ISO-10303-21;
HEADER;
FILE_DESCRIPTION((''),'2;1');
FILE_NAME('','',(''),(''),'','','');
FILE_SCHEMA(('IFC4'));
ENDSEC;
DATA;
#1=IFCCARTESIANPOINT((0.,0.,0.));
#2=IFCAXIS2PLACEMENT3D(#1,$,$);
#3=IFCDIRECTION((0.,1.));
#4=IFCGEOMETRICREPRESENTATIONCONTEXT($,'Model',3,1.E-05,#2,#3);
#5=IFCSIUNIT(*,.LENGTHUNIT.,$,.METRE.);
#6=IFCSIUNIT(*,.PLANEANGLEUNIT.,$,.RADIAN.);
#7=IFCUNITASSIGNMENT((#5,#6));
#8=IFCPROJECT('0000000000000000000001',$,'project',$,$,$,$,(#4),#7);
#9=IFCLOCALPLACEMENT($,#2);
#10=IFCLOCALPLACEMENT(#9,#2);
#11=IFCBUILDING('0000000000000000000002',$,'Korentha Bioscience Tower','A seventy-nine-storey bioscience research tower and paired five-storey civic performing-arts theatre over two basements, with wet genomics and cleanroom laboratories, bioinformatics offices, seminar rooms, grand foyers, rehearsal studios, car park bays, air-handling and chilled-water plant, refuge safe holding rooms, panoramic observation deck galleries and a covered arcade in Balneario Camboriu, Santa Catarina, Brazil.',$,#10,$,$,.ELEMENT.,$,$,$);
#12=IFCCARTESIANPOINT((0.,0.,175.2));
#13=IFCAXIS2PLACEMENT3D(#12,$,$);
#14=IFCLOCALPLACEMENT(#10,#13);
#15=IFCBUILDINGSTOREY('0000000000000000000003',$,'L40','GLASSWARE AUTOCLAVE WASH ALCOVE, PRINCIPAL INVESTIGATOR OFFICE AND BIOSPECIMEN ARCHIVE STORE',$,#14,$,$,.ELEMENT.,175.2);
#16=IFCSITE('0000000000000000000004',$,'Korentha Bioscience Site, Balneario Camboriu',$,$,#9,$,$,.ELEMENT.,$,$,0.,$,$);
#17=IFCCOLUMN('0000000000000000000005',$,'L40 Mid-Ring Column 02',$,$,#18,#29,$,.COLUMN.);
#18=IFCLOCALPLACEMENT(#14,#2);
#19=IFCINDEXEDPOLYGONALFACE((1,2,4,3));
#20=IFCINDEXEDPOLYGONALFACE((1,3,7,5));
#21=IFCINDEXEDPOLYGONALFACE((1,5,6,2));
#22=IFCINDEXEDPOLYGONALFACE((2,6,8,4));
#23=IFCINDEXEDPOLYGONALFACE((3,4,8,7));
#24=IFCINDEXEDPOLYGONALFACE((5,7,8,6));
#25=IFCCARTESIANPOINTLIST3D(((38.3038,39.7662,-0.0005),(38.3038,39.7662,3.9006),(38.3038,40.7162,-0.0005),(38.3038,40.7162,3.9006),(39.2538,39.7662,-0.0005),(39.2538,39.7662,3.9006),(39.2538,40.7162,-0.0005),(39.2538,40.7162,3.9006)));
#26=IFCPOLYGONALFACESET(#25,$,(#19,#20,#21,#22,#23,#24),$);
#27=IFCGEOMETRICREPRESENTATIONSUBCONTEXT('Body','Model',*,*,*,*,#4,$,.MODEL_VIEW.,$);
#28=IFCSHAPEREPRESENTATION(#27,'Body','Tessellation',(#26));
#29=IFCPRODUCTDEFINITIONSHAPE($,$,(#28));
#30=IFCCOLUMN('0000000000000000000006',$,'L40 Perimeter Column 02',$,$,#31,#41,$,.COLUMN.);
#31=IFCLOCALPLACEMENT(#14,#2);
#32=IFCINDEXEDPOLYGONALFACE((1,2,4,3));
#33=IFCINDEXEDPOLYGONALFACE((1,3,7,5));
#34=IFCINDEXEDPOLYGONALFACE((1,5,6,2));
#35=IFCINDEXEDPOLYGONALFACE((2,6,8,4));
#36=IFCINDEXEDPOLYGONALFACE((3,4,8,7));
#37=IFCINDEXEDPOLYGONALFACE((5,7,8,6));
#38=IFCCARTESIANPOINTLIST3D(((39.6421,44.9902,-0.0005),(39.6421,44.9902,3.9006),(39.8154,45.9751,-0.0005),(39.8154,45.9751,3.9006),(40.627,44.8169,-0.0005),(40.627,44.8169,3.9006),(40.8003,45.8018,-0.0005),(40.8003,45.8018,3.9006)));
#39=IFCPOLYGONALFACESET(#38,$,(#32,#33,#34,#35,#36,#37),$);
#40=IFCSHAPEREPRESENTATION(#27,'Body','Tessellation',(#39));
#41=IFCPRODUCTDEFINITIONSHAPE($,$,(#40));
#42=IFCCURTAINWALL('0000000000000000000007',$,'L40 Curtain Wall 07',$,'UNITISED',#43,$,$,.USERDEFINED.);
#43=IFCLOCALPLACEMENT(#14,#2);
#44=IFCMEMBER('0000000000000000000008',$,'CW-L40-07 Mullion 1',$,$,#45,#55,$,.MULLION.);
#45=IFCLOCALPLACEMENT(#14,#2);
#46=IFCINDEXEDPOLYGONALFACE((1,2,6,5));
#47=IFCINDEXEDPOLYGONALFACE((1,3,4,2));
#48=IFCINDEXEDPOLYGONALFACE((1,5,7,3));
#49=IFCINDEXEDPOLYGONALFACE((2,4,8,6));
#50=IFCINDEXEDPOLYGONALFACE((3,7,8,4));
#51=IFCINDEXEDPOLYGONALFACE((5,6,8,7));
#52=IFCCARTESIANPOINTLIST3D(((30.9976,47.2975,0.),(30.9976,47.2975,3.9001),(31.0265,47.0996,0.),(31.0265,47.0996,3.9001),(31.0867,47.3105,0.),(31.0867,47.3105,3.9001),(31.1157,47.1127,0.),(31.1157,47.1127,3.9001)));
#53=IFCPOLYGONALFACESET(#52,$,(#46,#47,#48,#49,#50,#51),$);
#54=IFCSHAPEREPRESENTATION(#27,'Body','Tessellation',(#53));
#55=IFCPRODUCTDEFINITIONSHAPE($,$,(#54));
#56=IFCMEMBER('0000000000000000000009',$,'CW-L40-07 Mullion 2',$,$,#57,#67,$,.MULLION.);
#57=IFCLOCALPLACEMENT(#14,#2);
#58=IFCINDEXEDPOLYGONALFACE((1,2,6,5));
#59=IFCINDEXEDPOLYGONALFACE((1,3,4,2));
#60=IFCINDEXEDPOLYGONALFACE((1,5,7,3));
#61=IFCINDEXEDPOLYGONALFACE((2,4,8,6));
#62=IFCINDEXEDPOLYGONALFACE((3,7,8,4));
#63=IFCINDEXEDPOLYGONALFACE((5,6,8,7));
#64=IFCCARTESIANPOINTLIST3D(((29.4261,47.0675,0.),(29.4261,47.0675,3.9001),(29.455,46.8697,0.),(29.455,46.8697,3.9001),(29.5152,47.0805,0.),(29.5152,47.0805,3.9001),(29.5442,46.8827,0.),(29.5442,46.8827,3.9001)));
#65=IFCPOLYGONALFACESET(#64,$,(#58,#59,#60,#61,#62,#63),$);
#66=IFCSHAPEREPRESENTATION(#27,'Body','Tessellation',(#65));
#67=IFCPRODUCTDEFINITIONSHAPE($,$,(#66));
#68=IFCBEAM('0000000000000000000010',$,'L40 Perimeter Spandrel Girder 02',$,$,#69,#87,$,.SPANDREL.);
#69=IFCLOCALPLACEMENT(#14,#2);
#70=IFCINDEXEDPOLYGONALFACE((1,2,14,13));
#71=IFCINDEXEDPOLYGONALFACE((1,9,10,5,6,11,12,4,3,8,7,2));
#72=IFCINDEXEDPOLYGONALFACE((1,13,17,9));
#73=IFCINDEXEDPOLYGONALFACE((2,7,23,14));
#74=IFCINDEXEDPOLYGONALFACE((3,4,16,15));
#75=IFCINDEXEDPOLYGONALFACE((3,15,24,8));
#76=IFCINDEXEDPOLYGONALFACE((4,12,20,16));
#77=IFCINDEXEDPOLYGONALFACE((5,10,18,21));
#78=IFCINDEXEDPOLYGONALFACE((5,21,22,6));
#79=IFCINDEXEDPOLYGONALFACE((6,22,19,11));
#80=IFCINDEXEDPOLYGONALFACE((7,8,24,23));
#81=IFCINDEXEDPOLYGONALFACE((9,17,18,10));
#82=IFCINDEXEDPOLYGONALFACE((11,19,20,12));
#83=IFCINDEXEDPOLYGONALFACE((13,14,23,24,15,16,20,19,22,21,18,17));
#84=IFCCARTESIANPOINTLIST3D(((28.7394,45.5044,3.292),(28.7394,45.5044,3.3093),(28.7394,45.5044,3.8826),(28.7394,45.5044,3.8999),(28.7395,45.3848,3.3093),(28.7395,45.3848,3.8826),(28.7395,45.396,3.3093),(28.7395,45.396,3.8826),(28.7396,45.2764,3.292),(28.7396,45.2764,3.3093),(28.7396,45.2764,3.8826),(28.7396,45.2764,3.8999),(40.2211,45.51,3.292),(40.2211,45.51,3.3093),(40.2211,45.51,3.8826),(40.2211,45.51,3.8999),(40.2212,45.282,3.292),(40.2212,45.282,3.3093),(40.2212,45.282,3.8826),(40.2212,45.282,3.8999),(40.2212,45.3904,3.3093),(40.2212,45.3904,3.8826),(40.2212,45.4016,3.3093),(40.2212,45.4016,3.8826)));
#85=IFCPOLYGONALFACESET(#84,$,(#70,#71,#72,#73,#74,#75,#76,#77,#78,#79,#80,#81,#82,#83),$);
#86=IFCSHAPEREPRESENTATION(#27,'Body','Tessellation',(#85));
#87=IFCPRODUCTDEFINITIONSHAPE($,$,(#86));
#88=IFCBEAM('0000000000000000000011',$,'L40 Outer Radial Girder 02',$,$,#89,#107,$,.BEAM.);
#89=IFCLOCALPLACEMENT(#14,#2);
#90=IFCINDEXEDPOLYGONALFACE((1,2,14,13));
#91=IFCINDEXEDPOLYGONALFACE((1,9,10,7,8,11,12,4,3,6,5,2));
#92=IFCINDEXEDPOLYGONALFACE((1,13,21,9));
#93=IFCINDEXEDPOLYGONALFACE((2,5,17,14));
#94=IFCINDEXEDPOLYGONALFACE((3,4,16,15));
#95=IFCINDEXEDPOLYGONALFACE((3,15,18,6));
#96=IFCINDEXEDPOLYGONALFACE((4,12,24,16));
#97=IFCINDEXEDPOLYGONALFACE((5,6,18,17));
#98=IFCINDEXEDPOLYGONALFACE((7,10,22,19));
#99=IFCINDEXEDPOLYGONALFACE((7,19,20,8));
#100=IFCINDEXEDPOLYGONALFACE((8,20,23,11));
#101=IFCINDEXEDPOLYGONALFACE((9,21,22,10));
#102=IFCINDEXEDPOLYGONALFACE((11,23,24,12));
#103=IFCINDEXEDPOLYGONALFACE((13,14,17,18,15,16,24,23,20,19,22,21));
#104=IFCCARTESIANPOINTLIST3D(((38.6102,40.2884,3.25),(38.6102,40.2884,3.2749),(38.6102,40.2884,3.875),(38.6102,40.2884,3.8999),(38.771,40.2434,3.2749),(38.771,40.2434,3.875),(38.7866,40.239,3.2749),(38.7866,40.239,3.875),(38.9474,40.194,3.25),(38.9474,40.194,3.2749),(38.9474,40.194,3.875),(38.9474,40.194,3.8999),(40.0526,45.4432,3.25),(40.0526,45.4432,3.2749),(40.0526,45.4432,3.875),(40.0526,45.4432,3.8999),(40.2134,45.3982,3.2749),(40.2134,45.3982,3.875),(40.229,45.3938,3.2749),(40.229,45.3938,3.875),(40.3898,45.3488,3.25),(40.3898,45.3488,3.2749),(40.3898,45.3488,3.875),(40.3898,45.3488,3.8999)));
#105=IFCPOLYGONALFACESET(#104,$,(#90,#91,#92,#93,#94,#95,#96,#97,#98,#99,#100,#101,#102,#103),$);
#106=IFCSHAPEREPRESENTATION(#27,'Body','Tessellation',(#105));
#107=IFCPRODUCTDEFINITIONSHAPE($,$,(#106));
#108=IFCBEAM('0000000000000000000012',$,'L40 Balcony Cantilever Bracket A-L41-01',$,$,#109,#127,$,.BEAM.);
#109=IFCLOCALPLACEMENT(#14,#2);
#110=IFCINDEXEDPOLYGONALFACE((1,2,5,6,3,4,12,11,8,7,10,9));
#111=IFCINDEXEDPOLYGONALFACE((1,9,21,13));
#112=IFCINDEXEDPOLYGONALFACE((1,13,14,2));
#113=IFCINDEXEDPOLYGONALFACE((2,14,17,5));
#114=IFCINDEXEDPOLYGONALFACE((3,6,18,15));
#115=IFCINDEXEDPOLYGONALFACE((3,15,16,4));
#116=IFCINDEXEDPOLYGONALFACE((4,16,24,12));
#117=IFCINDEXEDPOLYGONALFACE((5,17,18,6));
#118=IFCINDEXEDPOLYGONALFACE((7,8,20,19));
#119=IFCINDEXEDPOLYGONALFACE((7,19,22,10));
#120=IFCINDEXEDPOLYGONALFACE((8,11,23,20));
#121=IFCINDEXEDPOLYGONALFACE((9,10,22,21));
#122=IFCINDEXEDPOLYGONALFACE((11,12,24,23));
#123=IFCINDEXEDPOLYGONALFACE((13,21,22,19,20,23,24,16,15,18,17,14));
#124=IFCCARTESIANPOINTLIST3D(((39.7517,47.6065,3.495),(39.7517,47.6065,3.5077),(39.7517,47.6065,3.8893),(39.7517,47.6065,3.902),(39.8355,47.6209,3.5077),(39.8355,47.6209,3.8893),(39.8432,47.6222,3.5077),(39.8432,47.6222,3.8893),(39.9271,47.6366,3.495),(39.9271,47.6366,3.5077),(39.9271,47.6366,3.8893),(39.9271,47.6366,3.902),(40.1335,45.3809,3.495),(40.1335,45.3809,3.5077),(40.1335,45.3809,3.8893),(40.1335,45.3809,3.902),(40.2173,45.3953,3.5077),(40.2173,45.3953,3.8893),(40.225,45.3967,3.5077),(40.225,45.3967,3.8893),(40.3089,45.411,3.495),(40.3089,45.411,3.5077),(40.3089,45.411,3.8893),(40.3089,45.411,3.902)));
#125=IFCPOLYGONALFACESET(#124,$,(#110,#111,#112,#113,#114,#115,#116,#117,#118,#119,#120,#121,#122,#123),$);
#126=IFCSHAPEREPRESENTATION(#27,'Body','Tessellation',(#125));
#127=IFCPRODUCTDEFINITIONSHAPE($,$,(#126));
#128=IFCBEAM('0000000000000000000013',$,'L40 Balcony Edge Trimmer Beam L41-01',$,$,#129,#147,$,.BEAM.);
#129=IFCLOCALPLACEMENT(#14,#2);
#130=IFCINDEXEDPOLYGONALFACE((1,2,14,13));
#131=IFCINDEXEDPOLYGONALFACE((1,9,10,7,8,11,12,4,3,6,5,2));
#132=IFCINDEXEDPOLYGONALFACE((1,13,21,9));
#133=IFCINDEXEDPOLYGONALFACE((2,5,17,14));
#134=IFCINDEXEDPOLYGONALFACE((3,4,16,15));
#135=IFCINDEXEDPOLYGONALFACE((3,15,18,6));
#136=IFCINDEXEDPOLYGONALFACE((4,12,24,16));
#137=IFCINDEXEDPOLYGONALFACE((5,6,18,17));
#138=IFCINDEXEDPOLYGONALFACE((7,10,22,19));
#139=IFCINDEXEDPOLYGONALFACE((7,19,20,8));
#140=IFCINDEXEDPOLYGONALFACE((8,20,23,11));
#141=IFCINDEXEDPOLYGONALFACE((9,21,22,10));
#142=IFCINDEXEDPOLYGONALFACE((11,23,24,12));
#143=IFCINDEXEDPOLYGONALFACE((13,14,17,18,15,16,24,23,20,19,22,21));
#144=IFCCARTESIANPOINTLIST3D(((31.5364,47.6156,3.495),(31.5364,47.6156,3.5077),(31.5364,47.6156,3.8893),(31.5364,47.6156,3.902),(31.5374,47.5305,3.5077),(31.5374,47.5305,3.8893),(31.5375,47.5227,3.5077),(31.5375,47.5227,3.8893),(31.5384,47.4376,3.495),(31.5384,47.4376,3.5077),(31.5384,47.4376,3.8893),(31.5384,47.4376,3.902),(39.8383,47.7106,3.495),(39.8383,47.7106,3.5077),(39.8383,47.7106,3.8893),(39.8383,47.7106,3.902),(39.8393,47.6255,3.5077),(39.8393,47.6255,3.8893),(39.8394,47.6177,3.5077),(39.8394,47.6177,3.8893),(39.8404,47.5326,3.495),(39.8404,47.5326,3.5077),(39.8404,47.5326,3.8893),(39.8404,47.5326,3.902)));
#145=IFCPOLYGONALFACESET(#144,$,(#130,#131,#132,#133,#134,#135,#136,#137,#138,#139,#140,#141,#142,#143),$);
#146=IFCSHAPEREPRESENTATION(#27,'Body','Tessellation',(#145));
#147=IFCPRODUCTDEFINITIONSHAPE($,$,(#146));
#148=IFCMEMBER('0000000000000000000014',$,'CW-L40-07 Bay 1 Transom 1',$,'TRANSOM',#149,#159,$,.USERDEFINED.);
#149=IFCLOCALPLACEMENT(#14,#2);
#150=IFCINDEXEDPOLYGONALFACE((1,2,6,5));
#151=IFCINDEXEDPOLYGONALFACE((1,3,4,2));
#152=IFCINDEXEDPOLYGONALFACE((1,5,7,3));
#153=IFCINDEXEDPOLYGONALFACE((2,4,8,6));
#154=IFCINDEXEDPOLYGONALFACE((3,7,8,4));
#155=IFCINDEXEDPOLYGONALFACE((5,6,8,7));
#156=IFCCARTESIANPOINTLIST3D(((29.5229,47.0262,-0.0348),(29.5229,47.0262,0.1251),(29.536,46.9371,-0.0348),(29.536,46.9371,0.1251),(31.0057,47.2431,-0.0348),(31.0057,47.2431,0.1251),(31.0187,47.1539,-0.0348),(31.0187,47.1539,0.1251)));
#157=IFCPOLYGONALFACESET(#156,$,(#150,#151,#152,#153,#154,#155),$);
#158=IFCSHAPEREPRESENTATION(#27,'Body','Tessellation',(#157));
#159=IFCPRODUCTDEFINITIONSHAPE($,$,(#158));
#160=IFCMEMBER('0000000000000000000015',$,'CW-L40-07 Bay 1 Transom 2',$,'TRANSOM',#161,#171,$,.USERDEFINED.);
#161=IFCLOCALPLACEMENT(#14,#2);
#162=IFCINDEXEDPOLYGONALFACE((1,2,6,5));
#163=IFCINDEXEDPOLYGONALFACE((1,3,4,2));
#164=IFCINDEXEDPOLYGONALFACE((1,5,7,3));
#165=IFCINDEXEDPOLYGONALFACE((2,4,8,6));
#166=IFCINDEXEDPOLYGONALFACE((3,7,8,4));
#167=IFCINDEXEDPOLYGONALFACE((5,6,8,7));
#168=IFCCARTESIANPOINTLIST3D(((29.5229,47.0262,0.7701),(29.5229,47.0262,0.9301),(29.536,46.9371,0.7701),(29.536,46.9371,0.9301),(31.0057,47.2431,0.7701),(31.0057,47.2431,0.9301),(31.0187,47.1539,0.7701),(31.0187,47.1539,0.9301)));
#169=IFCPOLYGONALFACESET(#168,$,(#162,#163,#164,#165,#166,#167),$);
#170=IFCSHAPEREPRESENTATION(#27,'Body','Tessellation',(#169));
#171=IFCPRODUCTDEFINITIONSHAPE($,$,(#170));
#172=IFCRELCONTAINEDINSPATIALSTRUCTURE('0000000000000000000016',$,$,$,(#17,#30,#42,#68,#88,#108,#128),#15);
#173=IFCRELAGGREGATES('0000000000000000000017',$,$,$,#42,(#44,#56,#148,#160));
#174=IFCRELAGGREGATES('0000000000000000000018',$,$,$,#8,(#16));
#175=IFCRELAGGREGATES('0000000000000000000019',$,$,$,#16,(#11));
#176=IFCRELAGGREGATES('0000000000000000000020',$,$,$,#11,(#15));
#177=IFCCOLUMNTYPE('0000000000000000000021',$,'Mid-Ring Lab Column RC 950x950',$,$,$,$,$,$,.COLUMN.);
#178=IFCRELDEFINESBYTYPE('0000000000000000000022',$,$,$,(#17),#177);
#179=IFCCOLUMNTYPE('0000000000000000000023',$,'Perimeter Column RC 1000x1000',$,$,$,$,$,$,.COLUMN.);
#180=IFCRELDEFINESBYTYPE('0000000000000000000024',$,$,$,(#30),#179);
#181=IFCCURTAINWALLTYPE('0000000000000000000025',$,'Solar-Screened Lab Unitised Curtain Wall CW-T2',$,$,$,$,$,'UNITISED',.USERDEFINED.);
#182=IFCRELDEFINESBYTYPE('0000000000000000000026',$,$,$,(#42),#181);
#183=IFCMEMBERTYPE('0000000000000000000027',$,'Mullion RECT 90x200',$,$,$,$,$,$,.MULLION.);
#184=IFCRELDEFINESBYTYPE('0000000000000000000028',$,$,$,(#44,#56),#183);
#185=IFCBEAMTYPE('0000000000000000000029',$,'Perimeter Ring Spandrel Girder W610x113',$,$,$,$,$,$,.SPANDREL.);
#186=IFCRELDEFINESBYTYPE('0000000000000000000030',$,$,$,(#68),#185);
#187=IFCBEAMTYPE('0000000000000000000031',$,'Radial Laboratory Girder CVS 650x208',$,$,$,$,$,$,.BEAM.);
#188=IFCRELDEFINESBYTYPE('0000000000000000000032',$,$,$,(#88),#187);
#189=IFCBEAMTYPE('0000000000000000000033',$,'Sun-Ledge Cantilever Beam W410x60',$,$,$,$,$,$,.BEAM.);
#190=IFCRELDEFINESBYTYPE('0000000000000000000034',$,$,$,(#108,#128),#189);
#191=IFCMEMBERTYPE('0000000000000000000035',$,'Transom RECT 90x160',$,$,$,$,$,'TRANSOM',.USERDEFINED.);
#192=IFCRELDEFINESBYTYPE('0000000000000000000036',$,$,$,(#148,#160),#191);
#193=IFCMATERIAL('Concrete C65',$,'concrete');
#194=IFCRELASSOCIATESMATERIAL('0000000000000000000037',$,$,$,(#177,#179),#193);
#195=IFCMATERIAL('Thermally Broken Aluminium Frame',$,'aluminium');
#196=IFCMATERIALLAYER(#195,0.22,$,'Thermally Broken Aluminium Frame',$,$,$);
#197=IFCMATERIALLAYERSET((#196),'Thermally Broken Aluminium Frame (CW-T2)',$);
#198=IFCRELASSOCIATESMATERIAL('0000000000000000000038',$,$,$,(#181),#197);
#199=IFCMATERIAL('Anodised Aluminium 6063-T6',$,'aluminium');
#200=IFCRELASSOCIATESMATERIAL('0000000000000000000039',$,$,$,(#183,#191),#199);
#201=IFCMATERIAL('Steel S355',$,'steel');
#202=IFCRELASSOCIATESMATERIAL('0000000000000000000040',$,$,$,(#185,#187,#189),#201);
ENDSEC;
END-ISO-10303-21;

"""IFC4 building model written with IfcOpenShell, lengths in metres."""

from ifc_helpers import new_model, si_unit, direction, frame, origin, origin_2d, place, context, subcontext, project, spatial, rectangle, i_section, extrude, material, layer, layer_set, material_profile, profile_set, type_object, element, aggregate, save


model = new_model("IFC4")

# Units and contexts
model_context = context("Model", 3, precision=1e-05, world=origin(), true_north=direction((0.0, 1.0)))
body_context = subcontext(model_context, "Body", "Model", "MODEL_VIEW")
ifc_project = project(units=[si_unit("LENGTHUNIT", "METRE"), si_unit("PLANEANGLEUNIT", "RADIAN")], contexts=[model_context])

# Site, building, storey
site_placement = place(None, origin())
site = spatial("IfcSite", under=ifc_project, at=site_placement, Name="Korentha Bioscience Site, Balneario Camboriu", CompositionType="ELEMENT", RefElevation=0.0)
building_placement = place(site_placement, origin())
building = spatial("IfcBuilding", under=site, at=building_placement, Name="Korentha Bioscience Tower", Description="A seventy-nine-storey bioscience research tower and paired five-storey civic performing-arts theatre over two basements, with wet genomics and cleanroom laboratories, bioinformatics offices, seminar rooms, grand foyers, rehearsal studios, car park bays, air-handling and chilled-water plant, refuge safe holding rooms, panoramic observation deck galleries and a covered arcade in Balneario Camboriu, Santa Catarina, Brazil.", CompositionType="ELEMENT")
storey_placement = place(building_placement, frame((0.0, 0.0, 175.2)))
storey = spatial("IfcBuildingStorey", under=building, at=storey_placement, Name="L40", Description="GLASSWARE AUTOCLAVE WASH ALCOVE, PRINCIPAL INVESTIGATOR OFFICE AND BIOSPECIMEN ARCHIVE STORE", CompositionType="ELEMENT", Elevation=175.2)

# Columns
ifc_material_1 = material(Name="Concrete C65", Category="concrete")
ifc_material_profile_1 = material_profile(ifc_material_1, rectangle(XDim=0.95, YDim=0.95, at=origin_2d()), Name="Concrete C65")
ifc_profile_set_1 = profile_set([ifc_material_profile_1], Name="Concrete C65 (COL-MR09)")
column_type_1 = type_object("IfcColumnType", Name="Mid-Ring Lab Column RC 950x950", PredefinedType="COLUMN", material=ifc_profile_set_1)
column_1_placement = place(storey_placement, frame((38.7788, 40.2412, -0.0005), z_axis=(0.0, 0.0, 1.0), x_axis=(1.0, 0.0, 0.0)))
element("IfcColumn", 1, at=column_1_placement, inside=storey, type_object=column_type_1, Name="L40 Mid-Ring Column 02", PredefinedType="COLUMN", context=body_context, shape_type="SweptSolid", body=[
    extrude(rectangle(XDim=0.95, YDim=0.95, at=origin_2d()), origin(), (0.0, 0.0, 1.0), 3.9011),
])
ifc_material_profile_2 = material_profile(ifc_material_1, rectangle(XDim=1.0, YDim=1.0, at=origin_2d()), Name="Concrete C65")
ifc_profile_set_2 = profile_set([ifc_material_profile_2], Name="Concrete C65 (COL-P10)")
column_type_2 = type_object("IfcColumnType", Name="Perimeter Column RC 1000x1000", PredefinedType="COLUMN", material=ifc_profile_set_2)
column_2_placement = place(storey_placement, frame((40.2212, 45.396, -0.0005), z_axis=(0.0, 0.0, 1.0), x_axis=(-0.984868, 0.173304, 0.0)))
element("IfcColumn", 2, at=column_2_placement, inside=storey, type_object=column_type_2, Name="L40 Perimeter Column 02", PredefinedType="COLUMN", context=body_context, shape_type="SweptSolid", body=[
    extrude(rectangle(XDim=1.0, YDim=1.0, at=origin_2d()), origin(), (0.0, 0.0, 1.0), 3.9011),
])

# Curtain wall, members
ifc_material_2 = material(Name="Thermally Broken Aluminium Frame", Category="aluminium")
ifc_layer_1 = layer(ifc_material_2, 0.22, Name="Thermally Broken Aluminium Frame")
ifc_layer_set_1 = layer_set([ifc_layer_1], Name="Thermally Broken Aluminium Frame (CW-T2)")
curtain_wall_type = type_object("IfcCurtainWallType", Name="Solar-Screened Lab Unitised Curtain Wall CW-T2", ElementType="UNITISED", PredefinedType="USERDEFINED", material=ifc_layer_set_1)
curtain_wall_placement = place(storey_placement, origin())
curtain_wall = element("IfcCurtainWall", 3, at=curtain_wall_placement, inside=storey, type_object=curtain_wall_type, Name="L40 Curtain Wall 07", ObjectType="UNITISED", PredefinedType="USERDEFINED")
ifc_material_3 = material(Name="Anodised Aluminium 6063-T6", Category="aluminium")
ifc_material_profile_3 = material_profile(ifc_material_3, rectangle(XDim=0.0901, YDim=0.2, at=origin_2d()), Name="Anodised Aluminium 6063-T6")
ifc_profile_set_3 = profile_set([ifc_material_profile_3], Name="Anodised Aluminium 6063-T6 (CW-MUL)")
member_type_1 = type_object("IfcMemberType", Name="Mullion RECT 90x200", PredefinedType="MULLION", material=ifc_profile_set_3)
member_1_placement = place(storey_placement, frame((31.0566, 47.2051, 0.0), z_axis=(0.0, 0.0, 1.0), x_axis=(-0.989462, -0.144793, 0.0)))
member_1 = element("IfcMember", 4, at=member_1_placement, type_object=member_type_1, Name="CW-L40-07 Mullion 1", PredefinedType="MULLION", context=body_context, shape_type="SweptSolid", body=[
    extrude(rectangle(XDim=0.0901, YDim=0.2, at=origin_2d()), origin(), (0.0, 0.0, 1.0), 3.9001),
])
member_2_placement = place(storey_placement, frame((29.4851, 46.9751, 0.0), z_axis=(0.0, 0.0, 1.0), x_axis=(-0.989462, -0.144793, 0.0)))
member_2 = element("IfcMember", 5, at=member_2_placement, type_object=member_type_1, Name="CW-L40-07 Mullion 2", PredefinedType="MULLION", context=body_context, shape_type="SweptSolid", body=[
    extrude(rectangle(XDim=0.0901, YDim=0.2, at=origin_2d()), origin(), (0.0, 0.0, 1.0), 3.9001),
])

# Beams
ifc_material_4 = material(Name="Steel S355", Category="steel")
ifc_material_profile_4 = material_profile(ifc_material_4, i_section(OverallWidth=0.228, OverallDepth=0.6079, WebThickness=0.0112, FlangeThickness=0.0173, at=origin_2d()), Name="Steel S355")
ifc_profile_set_4 = profile_set([ifc_material_profile_4], Name="Steel S355 (SB-610)")
beam_type_1 = type_object("IfcBeamType", Name="Perimeter Ring Spandrel Girder W610x113", PredefinedType="SPANDREL", material=ifc_profile_set_4)
beam_1_placement = place(storey_placement, frame((40.2212, 45.396, 3.5959), z_axis=(-1.0, -0.000489, 0.0), x_axis=(0.000489, -1.0, 0.0)))
element("IfcBeam", 6, at=beam_1_placement, inside=storey, type_object=beam_type_1, Name="L40 Perimeter Spandrel Girder 02", PredefinedType="SPANDREL", context=body_context, shape_type="SweptSolid", body=[
    extrude(i_section(OverallWidth=0.228, OverallDepth=0.6079, WebThickness=0.0112, FlangeThickness=0.0173, at=origin_2d()), origin(), (0.0, 0.0, 1.0), 11.4817),
])
ifc_material_profile_5 = material_profile(ifc_material_4, i_section(OverallWidth=0.3501, OverallDepth=0.6499, WebThickness=0.0161, FlangeThickness=0.0249, at=origin_2d()), Name="Steel S355")
ifc_profile_set_5 = profile_set([ifc_material_profile_5], Name="Steel S355 (RB-650)")
beam_type_2 = type_object("IfcBeamType", Name="Radial Laboratory Girder CVS 650x208", PredefinedType="BEAM", material=ifc_profile_set_5)
beam_2_placement = place(storey_placement, frame((38.7788, 40.2412, 3.575), z_axis=(0.269464, 0.96301, 0.0), x_axis=(-0.96301, 0.269464, 0.0)))
element("IfcBeam", 7, at=beam_2_placement, inside=storey, type_object=beam_type_2, Name="L40 Outer Radial Girder 02", PredefinedType="BEAM", context=body_context, shape_type="SweptSolid", body=[
    extrude(i_section(OverallWidth=0.3501, OverallDepth=0.6499, WebThickness=0.0161, FlangeThickness=0.0249, at=origin_2d()), origin(), (0.0, 0.0, 1.0), 5.3528),
])
ifc_material_profile_6 = material_profile(ifc_material_4, i_section(OverallWidth=0.178, OverallDepth=0.407, WebThickness=0.0078, FlangeThickness=0.0127, at=origin_2d()), Name="Steel S355")
ifc_profile_set_6 = profile_set([ifc_material_profile_6], Name="Steel S355 (CB-410)")
beam_type_3 = type_object("IfcBeamType", Name="Sun-Ledge Cantilever Beam W410x60", PredefinedType="BEAM", material=ifc_profile_set_6)
beam_3_placement = place(storey_placement, frame((40.2212, 45.396, 3.6985), z_axis=(-0.169096, 0.9856, 0.0), x_axis=(-0.9856, -0.169096, 0.0)))
element("IfcBeam", 8, at=beam_3_placement, inside=storey, type_object=beam_type_3, Name="L40 Balcony Cantilever Bracket A-L41-01", PredefinedType="BEAM", context=body_context, shape_type="SweptSolid", body=[
    extrude(i_section(OverallWidth=0.178, OverallDepth=0.407, WebThickness=0.0078, FlangeThickness=0.0127, at=origin_2d()), origin(), (0.0, 0.0, 1.0), 2.2581),
])
beam_4_placement = place(storey_placement, frame((39.8394, 47.6216, 3.6985), z_axis=(-0.999935, -0.011439, 0.0), x_axis=(0.011439, -0.999935, 0.0)))
element("IfcBeam", 9, at=beam_4_placement, inside=storey, type_object=beam_type_3, Name="L40 Balcony Edge Trimmer Beam L41-01", PredefinedType="BEAM", context=body_context, shape_type="SweptSolid", body=[
    extrude(i_section(OverallWidth=0.178, OverallDepth=0.407, WebThickness=0.0078, FlangeThickness=0.0127, at=origin_2d()), origin(), (0.0, 0.0, 1.0), 8.3025),
])

# Members
ifc_material_profile_7 = material_profile(ifc_material_3, rectangle(XDim=0.0901, YDim=0.1599, at=origin_2d()), Name="Anodised Aluminium 6063-T6")
ifc_profile_set_7 = profile_set([ifc_material_profile_7], Name="Anodised Aluminium 6063-T6 (CW-TRN)")
member_type_2 = type_object("IfcMemberType", Name="Transom RECT 90x160", ElementType="TRANSOM", PredefinedType="USERDEFINED", material=ifc_profile_set_7)
member_3_placement = place(storey_placement, frame((31.0122, 47.1985, 0.0452), z_axis=(-0.989478, -0.144682, 0.0), x_axis=(0.144682, -0.989478, 0.0)))
member_3 = element("IfcMember", 10, at=member_3_placement, type_object=member_type_2, Name="CW-L40-07 Bay 1 Transom 1", ObjectType="TRANSOM", PredefinedType="USERDEFINED", context=body_context, shape_type="SweptSolid", body=[
    extrude(rectangle(XDim=0.0901, YDim=0.1599, at=origin_2d()), origin(), (0.0, 0.0, 1.0), 1.4985),
])
member_4_placement = place(storey_placement, frame((31.0122, 47.1985, 0.8501), z_axis=(-0.989478, -0.144682, 0.0), x_axis=(0.144682, -0.989478, 0.0)))
member_4 = element("IfcMember", 11, at=member_4_placement, type_object=member_type_2, Name="CW-L40-07 Bay 1 Transom 2", ObjectType="TRANSOM", PredefinedType="USERDEFINED", context=body_context, shape_type="SweptSolid", body=[
    extrude(rectangle(XDim=0.0901, YDim=0.1599, at=origin_2d()), origin(), (0.0, 0.0, 1.0), 1.4985),
])

aggregate(curtain_wall, [member_1, member_2, member_3, member_4])

save(model, "model.ifc")
